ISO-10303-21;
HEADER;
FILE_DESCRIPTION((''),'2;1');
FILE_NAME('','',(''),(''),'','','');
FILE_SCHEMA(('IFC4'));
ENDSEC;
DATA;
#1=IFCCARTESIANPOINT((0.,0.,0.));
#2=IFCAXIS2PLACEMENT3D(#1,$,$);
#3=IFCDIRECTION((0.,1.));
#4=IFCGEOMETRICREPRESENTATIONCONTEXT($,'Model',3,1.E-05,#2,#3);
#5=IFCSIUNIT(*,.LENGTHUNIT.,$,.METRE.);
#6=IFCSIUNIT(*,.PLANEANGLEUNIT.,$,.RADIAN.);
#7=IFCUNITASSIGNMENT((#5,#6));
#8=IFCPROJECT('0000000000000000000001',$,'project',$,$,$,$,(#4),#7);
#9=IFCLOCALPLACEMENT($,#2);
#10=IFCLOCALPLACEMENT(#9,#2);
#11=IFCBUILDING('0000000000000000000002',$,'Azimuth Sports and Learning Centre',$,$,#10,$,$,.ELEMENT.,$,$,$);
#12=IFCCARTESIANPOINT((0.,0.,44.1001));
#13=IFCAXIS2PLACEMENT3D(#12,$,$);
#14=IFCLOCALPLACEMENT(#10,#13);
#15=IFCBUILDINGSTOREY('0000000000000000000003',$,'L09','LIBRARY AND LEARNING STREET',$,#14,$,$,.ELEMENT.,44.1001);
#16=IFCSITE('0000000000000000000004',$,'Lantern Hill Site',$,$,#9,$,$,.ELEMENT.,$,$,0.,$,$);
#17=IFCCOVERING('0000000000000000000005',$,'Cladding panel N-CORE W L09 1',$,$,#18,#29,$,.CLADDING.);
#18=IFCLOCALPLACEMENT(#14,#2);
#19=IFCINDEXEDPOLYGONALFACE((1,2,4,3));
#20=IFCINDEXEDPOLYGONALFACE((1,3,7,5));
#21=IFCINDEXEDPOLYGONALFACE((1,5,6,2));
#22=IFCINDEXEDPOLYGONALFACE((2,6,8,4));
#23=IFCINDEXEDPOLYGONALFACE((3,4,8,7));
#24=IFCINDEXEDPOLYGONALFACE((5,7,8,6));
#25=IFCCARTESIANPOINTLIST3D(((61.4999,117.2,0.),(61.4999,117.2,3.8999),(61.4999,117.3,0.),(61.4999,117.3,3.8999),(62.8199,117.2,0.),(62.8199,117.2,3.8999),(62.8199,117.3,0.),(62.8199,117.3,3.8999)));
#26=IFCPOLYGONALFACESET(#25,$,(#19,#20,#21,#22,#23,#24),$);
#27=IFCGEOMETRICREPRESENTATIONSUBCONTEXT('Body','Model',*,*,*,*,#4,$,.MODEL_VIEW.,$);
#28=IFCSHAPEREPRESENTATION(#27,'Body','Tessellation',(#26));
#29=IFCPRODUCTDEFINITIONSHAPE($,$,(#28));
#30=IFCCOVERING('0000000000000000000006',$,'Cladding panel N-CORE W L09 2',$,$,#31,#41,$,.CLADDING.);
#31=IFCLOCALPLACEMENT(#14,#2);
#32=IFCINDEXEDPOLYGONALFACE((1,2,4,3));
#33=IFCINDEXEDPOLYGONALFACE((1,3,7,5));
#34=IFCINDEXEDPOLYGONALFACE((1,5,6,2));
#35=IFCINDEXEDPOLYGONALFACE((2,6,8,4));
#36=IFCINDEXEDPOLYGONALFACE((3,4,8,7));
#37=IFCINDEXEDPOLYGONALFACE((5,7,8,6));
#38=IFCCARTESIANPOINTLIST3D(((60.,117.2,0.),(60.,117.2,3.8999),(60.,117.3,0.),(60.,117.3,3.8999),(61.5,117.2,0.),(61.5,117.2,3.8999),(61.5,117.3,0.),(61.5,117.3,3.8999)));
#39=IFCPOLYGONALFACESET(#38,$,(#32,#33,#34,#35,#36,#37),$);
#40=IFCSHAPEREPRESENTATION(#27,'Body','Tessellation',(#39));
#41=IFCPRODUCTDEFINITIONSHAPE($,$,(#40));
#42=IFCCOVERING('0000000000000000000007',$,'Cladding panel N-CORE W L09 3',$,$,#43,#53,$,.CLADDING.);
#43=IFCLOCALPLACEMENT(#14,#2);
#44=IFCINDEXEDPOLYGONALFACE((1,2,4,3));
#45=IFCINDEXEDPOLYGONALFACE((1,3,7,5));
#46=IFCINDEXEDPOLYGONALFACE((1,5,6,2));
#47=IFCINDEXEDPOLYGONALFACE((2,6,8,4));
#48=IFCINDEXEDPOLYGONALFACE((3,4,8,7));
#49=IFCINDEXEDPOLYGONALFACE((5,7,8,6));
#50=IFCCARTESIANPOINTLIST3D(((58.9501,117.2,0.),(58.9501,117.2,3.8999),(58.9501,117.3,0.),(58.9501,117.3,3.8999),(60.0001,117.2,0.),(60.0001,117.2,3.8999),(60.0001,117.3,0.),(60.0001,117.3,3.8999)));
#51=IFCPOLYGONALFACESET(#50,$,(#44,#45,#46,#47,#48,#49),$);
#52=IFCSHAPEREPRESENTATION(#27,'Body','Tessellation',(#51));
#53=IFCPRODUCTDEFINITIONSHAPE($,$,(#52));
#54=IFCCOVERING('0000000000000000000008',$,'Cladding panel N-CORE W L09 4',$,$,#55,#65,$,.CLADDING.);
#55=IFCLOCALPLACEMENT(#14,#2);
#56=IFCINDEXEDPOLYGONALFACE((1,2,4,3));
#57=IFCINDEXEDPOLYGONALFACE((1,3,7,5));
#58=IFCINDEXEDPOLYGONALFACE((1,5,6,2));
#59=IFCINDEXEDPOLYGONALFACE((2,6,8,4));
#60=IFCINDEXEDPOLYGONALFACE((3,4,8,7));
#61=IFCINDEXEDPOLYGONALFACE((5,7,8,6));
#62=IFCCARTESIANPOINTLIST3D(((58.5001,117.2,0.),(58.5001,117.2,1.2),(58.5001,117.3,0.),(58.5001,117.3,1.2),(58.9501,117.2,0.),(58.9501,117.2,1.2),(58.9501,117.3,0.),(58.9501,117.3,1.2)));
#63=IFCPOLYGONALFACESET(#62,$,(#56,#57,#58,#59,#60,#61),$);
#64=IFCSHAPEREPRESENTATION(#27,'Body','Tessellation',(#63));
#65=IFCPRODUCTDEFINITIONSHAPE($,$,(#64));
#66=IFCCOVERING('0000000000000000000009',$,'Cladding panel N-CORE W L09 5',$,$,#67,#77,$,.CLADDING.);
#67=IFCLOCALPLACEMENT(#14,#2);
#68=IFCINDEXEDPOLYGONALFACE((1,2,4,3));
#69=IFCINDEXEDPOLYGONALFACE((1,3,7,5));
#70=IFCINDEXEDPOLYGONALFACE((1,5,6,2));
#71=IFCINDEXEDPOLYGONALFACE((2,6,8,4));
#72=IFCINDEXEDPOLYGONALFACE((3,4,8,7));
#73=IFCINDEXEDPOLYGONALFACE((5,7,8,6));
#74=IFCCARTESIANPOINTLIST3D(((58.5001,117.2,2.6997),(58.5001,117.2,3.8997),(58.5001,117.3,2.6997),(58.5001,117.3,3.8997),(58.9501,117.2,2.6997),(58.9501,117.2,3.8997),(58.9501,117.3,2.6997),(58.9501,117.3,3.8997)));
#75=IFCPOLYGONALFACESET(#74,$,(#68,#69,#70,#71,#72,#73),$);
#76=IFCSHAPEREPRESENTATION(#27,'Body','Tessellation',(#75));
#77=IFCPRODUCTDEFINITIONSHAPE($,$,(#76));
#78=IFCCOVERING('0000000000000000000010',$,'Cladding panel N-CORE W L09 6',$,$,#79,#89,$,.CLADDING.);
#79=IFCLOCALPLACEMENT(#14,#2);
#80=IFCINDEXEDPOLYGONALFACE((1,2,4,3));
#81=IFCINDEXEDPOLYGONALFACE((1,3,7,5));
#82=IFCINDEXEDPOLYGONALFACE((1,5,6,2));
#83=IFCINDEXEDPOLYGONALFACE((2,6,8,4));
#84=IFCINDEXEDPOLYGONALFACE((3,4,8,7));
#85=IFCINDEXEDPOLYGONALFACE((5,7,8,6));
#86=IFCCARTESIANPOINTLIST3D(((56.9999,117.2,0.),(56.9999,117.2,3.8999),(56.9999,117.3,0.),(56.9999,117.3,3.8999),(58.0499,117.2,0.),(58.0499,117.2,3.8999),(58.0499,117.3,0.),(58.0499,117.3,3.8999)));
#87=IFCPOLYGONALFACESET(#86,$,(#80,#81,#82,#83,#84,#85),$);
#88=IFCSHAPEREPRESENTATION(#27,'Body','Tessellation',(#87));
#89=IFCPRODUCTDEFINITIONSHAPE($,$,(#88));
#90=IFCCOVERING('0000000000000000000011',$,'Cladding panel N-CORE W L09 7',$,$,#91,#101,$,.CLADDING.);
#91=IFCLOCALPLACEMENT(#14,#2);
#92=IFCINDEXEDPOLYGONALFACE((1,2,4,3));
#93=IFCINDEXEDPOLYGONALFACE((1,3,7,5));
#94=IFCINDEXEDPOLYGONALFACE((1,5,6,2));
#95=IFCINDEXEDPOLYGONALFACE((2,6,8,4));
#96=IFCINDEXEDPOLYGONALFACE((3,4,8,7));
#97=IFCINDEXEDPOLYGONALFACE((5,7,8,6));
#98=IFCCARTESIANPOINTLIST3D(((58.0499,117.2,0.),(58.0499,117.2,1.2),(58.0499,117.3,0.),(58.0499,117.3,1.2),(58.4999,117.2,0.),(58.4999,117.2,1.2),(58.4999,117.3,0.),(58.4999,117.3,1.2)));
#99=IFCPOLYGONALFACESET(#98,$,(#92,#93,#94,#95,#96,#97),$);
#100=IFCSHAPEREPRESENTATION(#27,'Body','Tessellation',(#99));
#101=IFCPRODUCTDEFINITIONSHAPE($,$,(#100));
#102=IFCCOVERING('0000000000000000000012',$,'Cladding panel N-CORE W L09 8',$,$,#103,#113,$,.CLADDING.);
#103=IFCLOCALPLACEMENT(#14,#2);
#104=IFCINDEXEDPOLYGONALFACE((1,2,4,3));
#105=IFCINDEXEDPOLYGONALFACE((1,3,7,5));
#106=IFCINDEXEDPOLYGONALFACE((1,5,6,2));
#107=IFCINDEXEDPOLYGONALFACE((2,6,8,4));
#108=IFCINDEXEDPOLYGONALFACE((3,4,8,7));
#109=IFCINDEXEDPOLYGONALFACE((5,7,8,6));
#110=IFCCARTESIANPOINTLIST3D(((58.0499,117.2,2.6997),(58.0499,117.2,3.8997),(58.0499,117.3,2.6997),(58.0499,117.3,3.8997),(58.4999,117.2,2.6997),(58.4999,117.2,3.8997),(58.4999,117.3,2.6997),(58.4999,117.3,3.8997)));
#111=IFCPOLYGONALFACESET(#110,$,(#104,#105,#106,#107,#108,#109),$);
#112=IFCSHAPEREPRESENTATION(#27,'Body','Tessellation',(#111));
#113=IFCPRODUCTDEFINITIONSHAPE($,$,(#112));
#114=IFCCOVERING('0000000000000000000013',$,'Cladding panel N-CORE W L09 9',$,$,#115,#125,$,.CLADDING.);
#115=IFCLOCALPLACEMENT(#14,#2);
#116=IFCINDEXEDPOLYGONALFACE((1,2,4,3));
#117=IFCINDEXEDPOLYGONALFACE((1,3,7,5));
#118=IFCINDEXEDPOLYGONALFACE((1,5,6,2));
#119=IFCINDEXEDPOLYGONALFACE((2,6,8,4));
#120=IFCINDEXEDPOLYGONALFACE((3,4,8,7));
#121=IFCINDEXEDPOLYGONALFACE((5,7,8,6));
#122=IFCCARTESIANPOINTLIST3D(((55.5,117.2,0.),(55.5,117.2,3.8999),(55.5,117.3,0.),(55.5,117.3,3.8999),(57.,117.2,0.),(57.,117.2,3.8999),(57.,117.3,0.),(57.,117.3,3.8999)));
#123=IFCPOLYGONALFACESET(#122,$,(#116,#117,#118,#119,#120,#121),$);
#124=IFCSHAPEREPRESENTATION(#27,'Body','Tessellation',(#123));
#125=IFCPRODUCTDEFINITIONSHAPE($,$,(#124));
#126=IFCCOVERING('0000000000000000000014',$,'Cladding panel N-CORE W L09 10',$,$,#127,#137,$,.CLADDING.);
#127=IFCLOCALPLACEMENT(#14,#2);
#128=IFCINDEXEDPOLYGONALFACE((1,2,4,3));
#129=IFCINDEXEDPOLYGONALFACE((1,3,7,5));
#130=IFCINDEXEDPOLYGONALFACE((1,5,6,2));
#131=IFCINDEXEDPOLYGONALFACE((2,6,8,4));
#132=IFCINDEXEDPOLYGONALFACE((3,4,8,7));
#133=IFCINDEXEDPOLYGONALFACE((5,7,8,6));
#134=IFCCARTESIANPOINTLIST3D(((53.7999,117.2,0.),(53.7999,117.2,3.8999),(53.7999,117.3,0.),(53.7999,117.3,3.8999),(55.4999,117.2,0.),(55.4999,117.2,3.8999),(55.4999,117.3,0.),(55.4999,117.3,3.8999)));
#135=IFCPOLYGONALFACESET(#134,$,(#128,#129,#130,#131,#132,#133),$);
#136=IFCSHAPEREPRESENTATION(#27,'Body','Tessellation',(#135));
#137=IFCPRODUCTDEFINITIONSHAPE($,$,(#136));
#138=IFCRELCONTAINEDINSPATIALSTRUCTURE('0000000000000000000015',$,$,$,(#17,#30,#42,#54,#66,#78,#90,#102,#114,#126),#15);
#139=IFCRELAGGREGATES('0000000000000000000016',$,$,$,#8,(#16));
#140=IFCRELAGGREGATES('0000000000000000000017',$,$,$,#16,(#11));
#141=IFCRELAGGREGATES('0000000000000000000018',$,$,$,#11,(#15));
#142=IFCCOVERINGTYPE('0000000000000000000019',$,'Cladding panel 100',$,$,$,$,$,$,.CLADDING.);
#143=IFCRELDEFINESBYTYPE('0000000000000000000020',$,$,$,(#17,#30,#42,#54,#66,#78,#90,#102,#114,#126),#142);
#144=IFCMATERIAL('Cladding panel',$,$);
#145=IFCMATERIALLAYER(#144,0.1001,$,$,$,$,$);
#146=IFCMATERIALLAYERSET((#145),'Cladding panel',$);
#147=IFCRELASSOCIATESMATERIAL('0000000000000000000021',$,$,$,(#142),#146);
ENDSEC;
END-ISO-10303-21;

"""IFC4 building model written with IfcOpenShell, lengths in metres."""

from ifc_helpers import new_model, si_unit, direction, frame, origin, origin_2d, place, context, subcontext, project, spatial, rectangle, extrude, material, layer, layer_set, type_object, element, save


model = new_model("IFC4")

# Units and contexts
model_context = context("Model", 3, precision=1e-05, world=origin(), true_north=direction((0.0, 1.0)))
body_context = subcontext(model_context, "Body", "Model", "MODEL_VIEW")
ifc_project = project(units=[si_unit("LENGTHUNIT", "METRE"), si_unit("PLANEANGLEUNIT", "RADIAN")], contexts=[model_context])

# Site, building, storey
site_placement = place(None, origin())
site = spatial("IfcSite", under=ifc_project, at=site_placement, Name="Lantern Hill Site", CompositionType="ELEMENT", RefElevation=0.0)
building_placement = place(site_placement, origin())
building = spatial("IfcBuilding", under=site, at=building_placement, Name="Azimuth Sports and Learning Centre", CompositionType="ELEMENT")
storey_placement = place(building_placement, frame((0.0, 0.0, 44.1001)))
storey = spatial("IfcBuildingStorey", under=building, at=storey_placement, Name="L09", Description="LIBRARY AND LEARNING STREET", CompositionType="ELEMENT", Elevation=44.1001)

# Coverings
ifc_material_1 = material(Name="Cladding panel")
ifc_layer_1 = layer(ifc_material_1, 0.1001)
ifc_layer_set_1 = layer_set([ifc_layer_1], Name="Cladding panel")
covering_type = type_object("IfcCoveringType", Name="Cladding panel 100", PredefinedType="CLADDING", material=ifc_layer_set_1)
covering_1_placement = place(storey_placement, frame((62.1599, 117.25, 0.0), z_axis=(0.0, 0.0, 1.0), x_axis=(-1.0, 0.0, 0.0)))
element("IfcCovering", 1, at=covering_1_placement, inside=storey, type_object=covering_type, Name="Cladding panel N-CORE W L09 1", PredefinedType="CLADDING", context=body_context, shape_type="SweptSolid", body=[
    extrude(rectangle(XDim=1.3201, YDim=0.1001, at=origin_2d()), origin(), (0.0, 0.0, 1.0), 3.8999),
])
covering_2_placement = place(storey_placement, frame((60.75, 117.25, 0.0), z_axis=(0.0, 0.0, 1.0), x_axis=(-1.0, 0.0, 0.0)))
element("IfcCovering", 2, at=covering_2_placement, inside=storey, type_object=covering_type, Name="Cladding panel N-CORE W L09 2", PredefinedType="CLADDING", context=body_context, shape_type="SweptSolid", body=[
    extrude(rectangle(XDim=1.5, YDim=0.1001, at=origin_2d()), origin(), (0.0, 0.0, 1.0), 3.8999),
])
covering_3_placement = place(storey_placement, frame((59.4751, 117.25, 0.0), z_axis=(0.0, 0.0, 1.0), x_axis=(-1.0, 0.0, 0.0)))
element("IfcCovering", 3, at=covering_3_placement, inside=storey, type_object=covering_type, Name="Cladding panel N-CORE W L09 3", PredefinedType="CLADDING", context=body_context, shape_type="SweptSolid", body=[
    extrude(rectangle(XDim=1.05, YDim=0.1001, at=origin_2d()), origin(), (0.0, 0.0, 1.0), 3.8999),
])
for number, where, z_axis, x_axis, name in (
    (4, (58.7251, 117.25, 0.0), (0.0, 0.0, 1.0), (-1.0, 0.0, 0.0), "Cladding panel N-CORE W L09 4"),
    (5, (58.7251, 117.25, 2.6997), (0.0, 0.0, 1.0), (-1.0, 0.0, 0.0), "Cladding panel N-CORE W L09 5"),
):
    element("IfcCovering", number, at=place(storey_placement, frame(where, z_axis=z_axis, x_axis=x_axis)), inside=storey, type_object=covering_type, Name=name, PredefinedType="CLADDING", context=body_context, shape_type="SweptSolid", body=[
        extrude(rectangle(XDim=0.45, YDim=0.1001, at=origin_2d()), origin(), (0.0, 0.0, 1.0), 1.2),
    ])
covering_4_placement = place(storey_placement, frame((57.5249, 117.25, 0.0), z_axis=(0.0, 0.0, 1.0), x_axis=(-1.0, 0.0, 0.0)))
element("IfcCovering", 6, at=covering_4_placement, inside=storey, type_object=covering_type, Name="Cladding panel N-CORE W L09 6", PredefinedType="CLADDING", context=body_context, shape_type="SweptSolid", body=[
    extrude(rectangle(XDim=1.05, YDim=0.1001, at=origin_2d()), origin(), (0.0, 0.0, 1.0), 3.8999),
])
for number, where, z_axis, x_axis, name in (
    (7, (58.2749, 117.25, 0.0), (0.0, 0.0, 1.0), (-1.0, 0.0, 0.0), "Cladding panel N-CORE W L09 7"),
    (8, (58.2749, 117.25, 2.6997), (0.0, 0.0, 1.0), (-1.0, 0.0, 0.0), "Cladding panel N-CORE W L09 8"),
):
    element("IfcCovering", number, at=place(storey_placement, frame(where, z_axis=z_axis, x_axis=x_axis)), inside=storey, type_object=covering_type, Name=name, PredefinedType="CLADDING", context=body_context, shape_type="SweptSolid", body=[
        extrude(rectangle(XDim=0.45, YDim=0.1001, at=origin_2d()), origin(), (0.0, 0.0, 1.0), 1.2),
    ])
covering_5_placement = place(storey_placement, frame((56.25, 117.25, 0.0), z_axis=(0.0, 0.0, 1.0), x_axis=(-1.0, 0.0, 0.0)))
element("IfcCovering", 9, at=covering_5_placement, inside=storey, type_object=covering_type, Name="Cladding panel N-CORE W L09 9", PredefinedType="CLADDING", context=body_context, shape_type="SweptSolid", body=[
    extrude(rectangle(XDim=1.5, YDim=0.1001, at=origin_2d()), origin(), (0.0, 0.0, 1.0), 3.8999),
])
covering_6_placement = place(storey_placement, frame((54.6499, 117.25, 0.0), z_axis=(0.0, 0.0, 1.0), x_axis=(-1.0, 0.0, 0.0)))
element("IfcCovering", 10, at=covering_6_placement, inside=storey, type_object=covering_type, Name="Cladding panel N-CORE W L09 10", PredefinedType="CLADDING", context=body_context, shape_type="SweptSolid", body=[
    extrude(rectangle(XDim=1.7, YDim=0.1001, at=origin_2d()), origin(), (0.0, 0.0, 1.0), 3.8999),
])

save(model, "model.ifc")
